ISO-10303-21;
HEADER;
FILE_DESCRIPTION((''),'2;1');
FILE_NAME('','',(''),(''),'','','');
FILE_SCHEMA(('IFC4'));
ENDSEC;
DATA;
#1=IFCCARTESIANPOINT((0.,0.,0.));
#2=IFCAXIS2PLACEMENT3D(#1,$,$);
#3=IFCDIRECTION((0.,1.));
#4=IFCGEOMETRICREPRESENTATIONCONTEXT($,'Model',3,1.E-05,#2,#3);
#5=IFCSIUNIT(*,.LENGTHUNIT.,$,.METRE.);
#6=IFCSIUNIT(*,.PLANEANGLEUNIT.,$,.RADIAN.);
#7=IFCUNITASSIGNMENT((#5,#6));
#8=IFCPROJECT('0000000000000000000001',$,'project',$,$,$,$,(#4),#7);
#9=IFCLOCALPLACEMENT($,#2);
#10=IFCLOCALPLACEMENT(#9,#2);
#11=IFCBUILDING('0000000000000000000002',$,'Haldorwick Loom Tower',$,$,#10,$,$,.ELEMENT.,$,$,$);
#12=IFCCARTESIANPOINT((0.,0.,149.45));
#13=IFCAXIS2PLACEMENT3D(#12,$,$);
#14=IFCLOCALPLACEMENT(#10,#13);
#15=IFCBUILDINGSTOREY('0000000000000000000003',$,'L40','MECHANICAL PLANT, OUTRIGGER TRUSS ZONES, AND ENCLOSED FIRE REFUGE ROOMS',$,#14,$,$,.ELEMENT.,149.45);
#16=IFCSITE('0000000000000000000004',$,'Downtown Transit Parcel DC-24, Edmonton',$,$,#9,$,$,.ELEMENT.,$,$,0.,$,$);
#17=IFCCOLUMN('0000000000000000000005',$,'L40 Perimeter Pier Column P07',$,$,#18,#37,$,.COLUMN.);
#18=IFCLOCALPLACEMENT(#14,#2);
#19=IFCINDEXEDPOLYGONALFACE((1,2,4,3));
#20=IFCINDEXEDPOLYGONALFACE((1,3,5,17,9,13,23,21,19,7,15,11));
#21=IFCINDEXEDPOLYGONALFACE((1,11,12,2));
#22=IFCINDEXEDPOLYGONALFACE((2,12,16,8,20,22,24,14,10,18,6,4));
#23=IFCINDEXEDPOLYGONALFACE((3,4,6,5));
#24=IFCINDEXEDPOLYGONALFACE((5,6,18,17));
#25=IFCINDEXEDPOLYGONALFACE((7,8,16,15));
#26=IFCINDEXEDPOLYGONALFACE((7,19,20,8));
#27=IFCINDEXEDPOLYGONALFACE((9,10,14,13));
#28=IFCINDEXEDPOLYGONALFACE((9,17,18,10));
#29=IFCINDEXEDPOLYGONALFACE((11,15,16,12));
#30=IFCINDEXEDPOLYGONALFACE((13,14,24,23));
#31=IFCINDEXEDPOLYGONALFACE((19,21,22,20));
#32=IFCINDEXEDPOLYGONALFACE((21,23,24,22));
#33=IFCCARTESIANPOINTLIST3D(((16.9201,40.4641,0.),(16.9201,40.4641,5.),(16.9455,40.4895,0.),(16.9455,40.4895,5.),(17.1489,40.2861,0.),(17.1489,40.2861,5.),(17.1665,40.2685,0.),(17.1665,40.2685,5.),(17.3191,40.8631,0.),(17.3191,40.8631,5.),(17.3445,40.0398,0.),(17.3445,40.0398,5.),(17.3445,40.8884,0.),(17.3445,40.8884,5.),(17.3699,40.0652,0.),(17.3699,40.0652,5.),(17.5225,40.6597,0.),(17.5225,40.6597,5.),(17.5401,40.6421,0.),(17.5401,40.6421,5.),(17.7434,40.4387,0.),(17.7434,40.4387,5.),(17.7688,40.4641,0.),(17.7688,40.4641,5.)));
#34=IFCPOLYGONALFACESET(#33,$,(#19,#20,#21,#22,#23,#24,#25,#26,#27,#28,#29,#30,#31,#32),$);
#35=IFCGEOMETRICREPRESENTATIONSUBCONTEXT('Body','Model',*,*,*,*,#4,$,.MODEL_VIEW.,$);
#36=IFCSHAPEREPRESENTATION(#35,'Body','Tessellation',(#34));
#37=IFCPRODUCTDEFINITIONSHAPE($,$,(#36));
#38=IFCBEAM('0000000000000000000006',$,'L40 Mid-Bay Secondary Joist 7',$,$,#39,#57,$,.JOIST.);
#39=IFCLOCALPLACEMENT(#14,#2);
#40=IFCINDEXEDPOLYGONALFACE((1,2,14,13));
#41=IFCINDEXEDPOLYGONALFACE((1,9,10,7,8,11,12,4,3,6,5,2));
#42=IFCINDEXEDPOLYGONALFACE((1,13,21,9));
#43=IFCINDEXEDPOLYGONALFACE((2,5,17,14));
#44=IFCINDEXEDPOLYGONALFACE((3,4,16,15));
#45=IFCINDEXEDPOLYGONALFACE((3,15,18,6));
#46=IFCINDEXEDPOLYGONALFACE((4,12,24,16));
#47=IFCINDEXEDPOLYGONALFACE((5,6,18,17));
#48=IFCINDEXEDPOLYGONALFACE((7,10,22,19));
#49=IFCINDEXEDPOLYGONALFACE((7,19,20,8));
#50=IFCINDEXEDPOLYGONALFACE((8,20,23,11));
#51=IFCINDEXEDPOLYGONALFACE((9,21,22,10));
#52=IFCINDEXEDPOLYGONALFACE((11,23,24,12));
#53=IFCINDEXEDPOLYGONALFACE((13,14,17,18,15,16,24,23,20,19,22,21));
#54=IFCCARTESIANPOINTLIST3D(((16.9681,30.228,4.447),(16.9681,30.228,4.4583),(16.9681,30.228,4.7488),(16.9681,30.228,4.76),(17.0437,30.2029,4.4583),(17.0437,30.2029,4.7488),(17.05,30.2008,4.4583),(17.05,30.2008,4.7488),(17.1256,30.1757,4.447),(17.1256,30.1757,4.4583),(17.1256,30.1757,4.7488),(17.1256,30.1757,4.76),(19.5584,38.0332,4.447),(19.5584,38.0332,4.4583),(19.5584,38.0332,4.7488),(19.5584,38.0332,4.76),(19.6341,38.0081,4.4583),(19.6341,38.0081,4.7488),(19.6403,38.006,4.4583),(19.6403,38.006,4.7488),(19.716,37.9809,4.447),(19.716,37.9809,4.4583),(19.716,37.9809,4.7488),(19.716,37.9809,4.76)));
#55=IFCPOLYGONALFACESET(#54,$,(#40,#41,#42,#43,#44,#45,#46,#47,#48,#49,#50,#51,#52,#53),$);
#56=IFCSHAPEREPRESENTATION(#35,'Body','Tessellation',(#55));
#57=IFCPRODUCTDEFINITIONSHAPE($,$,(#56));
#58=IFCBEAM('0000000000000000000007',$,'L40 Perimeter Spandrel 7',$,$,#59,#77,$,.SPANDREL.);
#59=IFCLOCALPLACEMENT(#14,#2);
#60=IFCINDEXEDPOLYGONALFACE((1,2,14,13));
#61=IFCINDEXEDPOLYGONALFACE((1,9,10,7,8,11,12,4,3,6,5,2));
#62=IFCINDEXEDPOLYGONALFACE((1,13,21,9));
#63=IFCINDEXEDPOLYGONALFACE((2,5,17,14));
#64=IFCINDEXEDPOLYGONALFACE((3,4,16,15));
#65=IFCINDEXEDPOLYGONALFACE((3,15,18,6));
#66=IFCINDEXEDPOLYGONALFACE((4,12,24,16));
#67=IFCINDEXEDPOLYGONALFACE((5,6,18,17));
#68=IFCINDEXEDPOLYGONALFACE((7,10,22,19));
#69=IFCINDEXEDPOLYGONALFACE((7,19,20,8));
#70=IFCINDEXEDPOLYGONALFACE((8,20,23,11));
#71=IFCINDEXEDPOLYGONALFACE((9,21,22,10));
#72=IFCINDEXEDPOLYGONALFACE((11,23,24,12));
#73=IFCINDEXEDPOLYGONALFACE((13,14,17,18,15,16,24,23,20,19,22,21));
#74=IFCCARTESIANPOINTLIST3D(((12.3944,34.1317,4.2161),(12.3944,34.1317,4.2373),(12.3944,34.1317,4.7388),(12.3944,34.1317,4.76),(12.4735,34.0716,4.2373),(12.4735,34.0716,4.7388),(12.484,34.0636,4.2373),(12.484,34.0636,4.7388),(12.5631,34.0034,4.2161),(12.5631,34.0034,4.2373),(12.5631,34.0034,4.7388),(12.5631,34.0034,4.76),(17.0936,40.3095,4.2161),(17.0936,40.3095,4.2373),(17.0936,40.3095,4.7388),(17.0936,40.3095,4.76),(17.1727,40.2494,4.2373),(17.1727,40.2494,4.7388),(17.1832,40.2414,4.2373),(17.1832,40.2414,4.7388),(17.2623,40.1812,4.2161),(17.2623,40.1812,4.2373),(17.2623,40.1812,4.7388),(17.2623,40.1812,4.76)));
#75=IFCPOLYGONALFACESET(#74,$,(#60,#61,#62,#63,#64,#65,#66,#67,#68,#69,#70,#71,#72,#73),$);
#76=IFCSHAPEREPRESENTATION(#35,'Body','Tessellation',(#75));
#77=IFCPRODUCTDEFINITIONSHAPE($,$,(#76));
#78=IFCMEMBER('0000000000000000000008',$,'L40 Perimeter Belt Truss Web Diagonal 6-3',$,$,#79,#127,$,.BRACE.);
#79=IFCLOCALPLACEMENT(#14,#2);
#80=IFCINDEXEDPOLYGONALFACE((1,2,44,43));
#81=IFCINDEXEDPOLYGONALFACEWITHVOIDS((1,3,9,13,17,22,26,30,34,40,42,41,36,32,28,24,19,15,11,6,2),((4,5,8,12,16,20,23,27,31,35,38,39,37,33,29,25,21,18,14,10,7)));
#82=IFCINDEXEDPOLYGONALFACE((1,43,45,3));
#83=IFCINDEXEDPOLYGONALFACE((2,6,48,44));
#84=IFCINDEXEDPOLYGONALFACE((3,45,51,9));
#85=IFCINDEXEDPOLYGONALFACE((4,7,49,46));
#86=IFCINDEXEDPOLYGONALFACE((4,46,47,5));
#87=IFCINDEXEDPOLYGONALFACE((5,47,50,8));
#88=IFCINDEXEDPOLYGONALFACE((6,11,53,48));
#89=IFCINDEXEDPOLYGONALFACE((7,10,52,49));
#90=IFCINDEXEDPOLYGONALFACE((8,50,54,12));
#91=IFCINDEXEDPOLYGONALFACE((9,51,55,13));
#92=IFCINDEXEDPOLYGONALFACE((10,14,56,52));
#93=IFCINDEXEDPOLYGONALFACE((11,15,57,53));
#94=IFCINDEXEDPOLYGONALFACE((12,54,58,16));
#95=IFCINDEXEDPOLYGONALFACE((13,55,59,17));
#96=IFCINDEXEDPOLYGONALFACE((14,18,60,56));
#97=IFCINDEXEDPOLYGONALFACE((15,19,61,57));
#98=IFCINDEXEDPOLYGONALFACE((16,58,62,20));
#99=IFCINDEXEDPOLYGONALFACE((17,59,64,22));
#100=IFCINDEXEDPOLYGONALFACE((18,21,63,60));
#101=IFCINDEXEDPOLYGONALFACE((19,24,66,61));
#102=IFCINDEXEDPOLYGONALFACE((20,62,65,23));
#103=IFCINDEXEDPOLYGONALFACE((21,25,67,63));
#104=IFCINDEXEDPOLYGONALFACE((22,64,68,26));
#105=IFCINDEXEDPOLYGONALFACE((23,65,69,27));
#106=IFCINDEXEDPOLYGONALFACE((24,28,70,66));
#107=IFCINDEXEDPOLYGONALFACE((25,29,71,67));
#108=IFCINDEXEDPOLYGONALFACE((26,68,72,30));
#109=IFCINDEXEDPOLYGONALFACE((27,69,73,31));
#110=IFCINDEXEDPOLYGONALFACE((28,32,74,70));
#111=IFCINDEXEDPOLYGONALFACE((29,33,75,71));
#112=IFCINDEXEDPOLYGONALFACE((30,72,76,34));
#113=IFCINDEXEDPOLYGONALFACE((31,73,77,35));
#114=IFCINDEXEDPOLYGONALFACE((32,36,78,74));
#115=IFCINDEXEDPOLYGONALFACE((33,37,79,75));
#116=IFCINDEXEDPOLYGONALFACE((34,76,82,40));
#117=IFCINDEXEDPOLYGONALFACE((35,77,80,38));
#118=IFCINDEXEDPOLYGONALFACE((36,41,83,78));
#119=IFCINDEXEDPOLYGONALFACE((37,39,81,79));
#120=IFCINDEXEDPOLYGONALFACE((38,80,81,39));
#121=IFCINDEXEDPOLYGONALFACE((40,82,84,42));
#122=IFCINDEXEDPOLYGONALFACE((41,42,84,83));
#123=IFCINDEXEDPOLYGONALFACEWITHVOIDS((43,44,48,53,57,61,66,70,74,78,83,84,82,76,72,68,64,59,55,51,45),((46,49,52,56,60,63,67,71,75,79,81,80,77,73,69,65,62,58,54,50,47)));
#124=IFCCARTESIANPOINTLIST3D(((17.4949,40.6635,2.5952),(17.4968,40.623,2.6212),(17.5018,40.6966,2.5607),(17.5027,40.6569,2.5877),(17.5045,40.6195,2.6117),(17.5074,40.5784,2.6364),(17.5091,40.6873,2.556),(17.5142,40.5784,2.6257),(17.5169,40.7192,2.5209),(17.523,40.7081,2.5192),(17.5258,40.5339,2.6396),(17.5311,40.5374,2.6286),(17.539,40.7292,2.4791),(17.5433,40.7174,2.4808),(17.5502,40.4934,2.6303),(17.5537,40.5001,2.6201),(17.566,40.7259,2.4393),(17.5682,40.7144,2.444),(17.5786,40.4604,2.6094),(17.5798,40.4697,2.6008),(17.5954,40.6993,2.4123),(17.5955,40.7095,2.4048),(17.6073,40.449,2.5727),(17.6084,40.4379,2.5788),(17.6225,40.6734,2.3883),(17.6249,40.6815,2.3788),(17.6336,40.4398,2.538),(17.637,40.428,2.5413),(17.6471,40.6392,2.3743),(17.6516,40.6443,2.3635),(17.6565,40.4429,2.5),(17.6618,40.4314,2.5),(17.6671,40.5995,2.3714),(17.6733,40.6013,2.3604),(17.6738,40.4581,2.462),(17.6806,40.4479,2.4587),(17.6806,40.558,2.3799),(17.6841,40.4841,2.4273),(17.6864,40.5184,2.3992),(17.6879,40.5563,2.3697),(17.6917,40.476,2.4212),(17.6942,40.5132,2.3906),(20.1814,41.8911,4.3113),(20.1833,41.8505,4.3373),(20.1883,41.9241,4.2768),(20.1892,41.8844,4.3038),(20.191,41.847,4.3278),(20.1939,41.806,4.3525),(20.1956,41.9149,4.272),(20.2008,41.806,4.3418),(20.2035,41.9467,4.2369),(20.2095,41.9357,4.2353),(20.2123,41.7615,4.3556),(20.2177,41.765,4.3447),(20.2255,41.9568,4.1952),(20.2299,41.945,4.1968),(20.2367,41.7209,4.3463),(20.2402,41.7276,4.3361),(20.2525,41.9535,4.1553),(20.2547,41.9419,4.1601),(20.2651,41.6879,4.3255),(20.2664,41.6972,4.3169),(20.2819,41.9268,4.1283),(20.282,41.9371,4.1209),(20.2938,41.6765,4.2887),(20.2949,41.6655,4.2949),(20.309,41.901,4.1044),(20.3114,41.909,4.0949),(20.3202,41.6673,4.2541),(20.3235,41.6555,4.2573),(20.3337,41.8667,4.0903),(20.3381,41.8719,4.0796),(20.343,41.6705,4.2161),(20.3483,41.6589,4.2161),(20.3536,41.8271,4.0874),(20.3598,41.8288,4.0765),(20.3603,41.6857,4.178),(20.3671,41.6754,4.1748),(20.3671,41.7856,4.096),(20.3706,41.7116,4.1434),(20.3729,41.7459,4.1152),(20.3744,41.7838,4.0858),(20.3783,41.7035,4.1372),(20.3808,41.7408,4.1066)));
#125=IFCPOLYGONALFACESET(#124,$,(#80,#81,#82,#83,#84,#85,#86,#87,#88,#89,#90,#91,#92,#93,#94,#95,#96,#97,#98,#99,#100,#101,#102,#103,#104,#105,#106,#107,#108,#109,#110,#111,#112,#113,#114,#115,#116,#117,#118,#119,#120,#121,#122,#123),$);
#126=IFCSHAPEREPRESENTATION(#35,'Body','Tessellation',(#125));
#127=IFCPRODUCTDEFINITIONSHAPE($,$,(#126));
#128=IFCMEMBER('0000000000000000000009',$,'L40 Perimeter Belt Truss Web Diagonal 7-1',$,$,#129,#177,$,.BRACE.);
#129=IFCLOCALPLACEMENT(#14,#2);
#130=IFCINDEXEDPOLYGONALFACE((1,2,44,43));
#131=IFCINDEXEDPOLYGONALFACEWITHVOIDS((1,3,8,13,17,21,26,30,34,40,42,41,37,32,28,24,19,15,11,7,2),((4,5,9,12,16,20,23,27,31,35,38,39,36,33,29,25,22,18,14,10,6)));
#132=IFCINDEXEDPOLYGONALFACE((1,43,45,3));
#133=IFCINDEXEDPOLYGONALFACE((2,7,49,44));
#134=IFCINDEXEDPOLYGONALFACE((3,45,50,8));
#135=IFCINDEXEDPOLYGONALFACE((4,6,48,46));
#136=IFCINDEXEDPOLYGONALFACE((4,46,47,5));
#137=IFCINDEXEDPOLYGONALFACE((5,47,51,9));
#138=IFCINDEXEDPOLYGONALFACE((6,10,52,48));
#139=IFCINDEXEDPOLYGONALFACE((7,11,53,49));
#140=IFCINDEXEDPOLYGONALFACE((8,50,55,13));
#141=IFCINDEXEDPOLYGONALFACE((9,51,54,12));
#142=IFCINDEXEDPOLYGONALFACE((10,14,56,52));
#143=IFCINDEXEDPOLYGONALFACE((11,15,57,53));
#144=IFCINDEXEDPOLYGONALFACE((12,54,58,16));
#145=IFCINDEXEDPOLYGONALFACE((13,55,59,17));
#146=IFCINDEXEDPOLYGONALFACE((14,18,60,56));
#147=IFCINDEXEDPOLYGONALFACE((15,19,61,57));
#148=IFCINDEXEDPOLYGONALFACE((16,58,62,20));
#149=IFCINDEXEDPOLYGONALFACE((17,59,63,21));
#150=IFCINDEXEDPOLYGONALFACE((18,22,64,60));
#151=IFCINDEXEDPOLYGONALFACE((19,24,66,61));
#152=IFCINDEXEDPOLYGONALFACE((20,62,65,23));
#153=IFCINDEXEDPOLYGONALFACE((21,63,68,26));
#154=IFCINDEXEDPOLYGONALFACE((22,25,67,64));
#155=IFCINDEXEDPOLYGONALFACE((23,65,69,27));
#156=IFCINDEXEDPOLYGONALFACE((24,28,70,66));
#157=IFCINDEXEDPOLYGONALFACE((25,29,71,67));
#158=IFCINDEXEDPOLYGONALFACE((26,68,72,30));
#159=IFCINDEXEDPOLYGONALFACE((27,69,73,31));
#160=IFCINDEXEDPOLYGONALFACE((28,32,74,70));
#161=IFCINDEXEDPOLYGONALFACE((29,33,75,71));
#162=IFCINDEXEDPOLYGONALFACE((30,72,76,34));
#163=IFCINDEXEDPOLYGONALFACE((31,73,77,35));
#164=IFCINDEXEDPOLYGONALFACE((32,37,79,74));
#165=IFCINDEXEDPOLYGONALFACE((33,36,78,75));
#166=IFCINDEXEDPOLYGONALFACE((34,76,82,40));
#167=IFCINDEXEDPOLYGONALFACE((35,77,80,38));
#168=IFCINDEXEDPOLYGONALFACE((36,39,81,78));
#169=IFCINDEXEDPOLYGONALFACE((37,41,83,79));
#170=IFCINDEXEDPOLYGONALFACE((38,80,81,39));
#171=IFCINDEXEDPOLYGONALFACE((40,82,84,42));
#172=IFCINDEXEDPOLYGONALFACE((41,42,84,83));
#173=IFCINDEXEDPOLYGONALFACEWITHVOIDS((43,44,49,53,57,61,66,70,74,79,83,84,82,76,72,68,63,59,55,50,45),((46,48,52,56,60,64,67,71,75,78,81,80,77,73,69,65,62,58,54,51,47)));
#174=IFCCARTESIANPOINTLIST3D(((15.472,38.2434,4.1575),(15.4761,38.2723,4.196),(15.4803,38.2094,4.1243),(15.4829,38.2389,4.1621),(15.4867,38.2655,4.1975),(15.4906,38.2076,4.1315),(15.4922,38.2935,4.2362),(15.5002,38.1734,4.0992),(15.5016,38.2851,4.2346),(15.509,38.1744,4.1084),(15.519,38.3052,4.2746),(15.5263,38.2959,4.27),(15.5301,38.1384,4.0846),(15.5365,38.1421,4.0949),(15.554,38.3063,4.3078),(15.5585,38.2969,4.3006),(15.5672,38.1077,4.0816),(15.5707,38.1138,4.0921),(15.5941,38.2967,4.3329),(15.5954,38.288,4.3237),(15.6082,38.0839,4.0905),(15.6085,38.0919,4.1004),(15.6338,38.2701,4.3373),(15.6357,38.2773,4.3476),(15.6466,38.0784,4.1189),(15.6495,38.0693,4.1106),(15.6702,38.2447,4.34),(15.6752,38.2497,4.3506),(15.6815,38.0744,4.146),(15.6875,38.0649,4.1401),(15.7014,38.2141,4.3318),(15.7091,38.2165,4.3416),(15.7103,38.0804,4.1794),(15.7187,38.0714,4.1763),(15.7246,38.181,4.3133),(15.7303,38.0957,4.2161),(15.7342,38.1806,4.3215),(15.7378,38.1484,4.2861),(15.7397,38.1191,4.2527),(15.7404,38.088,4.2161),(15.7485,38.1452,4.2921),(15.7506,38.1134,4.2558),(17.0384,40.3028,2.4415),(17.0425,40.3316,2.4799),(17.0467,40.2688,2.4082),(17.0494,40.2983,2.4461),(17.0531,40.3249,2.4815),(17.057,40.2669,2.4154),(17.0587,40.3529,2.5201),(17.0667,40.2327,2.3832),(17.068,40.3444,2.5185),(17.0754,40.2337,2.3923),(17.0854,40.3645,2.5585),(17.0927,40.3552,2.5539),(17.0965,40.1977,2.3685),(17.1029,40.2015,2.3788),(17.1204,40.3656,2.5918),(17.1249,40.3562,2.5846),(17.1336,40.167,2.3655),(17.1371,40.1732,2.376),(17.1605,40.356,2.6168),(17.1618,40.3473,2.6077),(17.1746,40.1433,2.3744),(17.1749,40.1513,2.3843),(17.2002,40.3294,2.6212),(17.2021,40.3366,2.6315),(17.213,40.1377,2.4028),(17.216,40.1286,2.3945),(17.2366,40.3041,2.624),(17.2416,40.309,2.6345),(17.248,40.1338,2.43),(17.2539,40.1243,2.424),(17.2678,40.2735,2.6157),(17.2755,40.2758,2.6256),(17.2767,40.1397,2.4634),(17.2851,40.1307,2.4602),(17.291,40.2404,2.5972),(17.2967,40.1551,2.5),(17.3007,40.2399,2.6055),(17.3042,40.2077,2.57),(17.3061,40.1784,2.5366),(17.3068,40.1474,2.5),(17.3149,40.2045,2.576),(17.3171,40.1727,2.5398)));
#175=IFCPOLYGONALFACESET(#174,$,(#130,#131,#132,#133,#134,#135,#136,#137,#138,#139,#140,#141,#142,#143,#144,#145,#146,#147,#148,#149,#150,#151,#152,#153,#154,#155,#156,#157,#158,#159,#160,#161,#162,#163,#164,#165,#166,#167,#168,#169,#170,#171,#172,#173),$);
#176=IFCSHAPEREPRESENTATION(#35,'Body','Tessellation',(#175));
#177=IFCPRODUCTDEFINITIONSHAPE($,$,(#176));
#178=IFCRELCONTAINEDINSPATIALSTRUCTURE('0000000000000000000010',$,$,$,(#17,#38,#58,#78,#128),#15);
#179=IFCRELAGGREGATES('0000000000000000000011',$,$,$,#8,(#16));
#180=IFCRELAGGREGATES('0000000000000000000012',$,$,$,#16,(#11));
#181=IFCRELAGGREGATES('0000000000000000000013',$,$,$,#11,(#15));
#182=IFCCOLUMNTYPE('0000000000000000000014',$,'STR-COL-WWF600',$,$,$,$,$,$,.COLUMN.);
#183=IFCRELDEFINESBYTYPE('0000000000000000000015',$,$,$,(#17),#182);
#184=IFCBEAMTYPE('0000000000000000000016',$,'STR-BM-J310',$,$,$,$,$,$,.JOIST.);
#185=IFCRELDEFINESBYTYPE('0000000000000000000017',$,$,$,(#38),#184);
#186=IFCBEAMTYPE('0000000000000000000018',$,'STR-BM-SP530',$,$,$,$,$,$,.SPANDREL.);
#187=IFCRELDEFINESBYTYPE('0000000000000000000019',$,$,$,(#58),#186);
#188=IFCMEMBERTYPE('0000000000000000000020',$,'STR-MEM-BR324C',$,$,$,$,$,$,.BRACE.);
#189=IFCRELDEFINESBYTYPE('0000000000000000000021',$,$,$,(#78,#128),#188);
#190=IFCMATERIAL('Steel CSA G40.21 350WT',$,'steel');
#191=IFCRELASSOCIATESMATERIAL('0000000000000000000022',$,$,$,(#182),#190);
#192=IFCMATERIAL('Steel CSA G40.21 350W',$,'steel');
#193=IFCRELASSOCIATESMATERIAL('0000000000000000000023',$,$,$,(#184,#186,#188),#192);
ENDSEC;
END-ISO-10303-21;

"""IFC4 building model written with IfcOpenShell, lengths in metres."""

from ifc_helpers import new_model, si_unit, direction, frame, origin, origin_2d, place, context, subcontext, project, spatial, hollow_circle, i_section, extrude, material, material_profile, profile_set, type_object, element, save


model = new_model("IFC4")

# Units and contexts
model_context = context("Model", 3, precision=1e-05, world=origin(), true_north=direction((0.0, 1.0)))
body_context = subcontext(model_context, "Body", "Model", "MODEL_VIEW")
ifc_project = project(units=[si_unit("LENGTHUNIT", "METRE"), si_unit("PLANEANGLEUNIT", "RADIAN")], contexts=[model_context])

# Site, building, storey
site_placement = place(None, origin())
site = spatial("IfcSite", under=ifc_project, at=site_placement, Name="Downtown Transit Parcel DC-24, Edmonton", CompositionType="ELEMENT", RefElevation=0.0)
building_placement = place(site_placement, origin())
building = spatial("IfcBuilding", under=site, at=building_placement, Name="Haldorwick Loom Tower", CompositionType="ELEMENT")
storey_placement = place(building_placement, frame((0.0, 0.0, 149.45)))
storey = spatial("IfcBuildingStorey", under=building, at=storey_placement, Name="L40", Description="MECHANICAL PLANT, OUTRIGGER TRUSS ZONES, AND ENCLOSED FIRE REFUGE ROOMS", CompositionType="ELEMENT", Elevation=149.45)

# Column
ifc_material_1 = material(Name="Steel CSA G40.21 350WT", Category="steel")
ifc_material_profile_1 = material_profile(ifc_material_1, i_section(OverallWidth=0.6001, OverallDepth=0.6001, WebThickness=0.0249, FlangeThickness=0.0359, at=origin_2d()), Name="WWF600X600", Category="steel")
ifc_profile_set_1 = profile_set([ifc_material_profile_1], Name="Steel CSA G40.21 350WT")
column_type = type_object("IfcColumnType", Name="STR-COL-WWF600", PredefinedType="COLUMN", material=ifc_profile_set_1)
column_placement = place(storey_placement, frame((17.3445, 40.4641, 0.0), z_axis=(0.0, 0.0, 1.0), x_axis=(-0.707107, 0.707107, 0.0)))
element("IfcColumn", 1, at=column_placement, inside=storey, type_object=column_type, Name="L40 Perimeter Pier Column P07", PredefinedType="COLUMN", context=body_context, shape_type="SweptSolid", body=[
    extrude(i_section(OverallWidth=0.6001, OverallDepth=0.6001, WebThickness=0.0249, FlangeThickness=0.0359, at=origin_2d()), origin(), (0.0, 0.0, 1.0), 5.0),
])

# Beams
ifc_material_2 = material(Name="Steel CSA G40.21 350W", Category="steel")
ifc_material_profile_2 = material_profile(ifc_material_2, i_section(OverallWidth=0.166, OverallDepth=0.313, WebThickness=0.0066, FlangeThickness=0.0112, at=origin_2d()), Name="W310X45", Category="steel")
ifc_profile_set_2 = profile_set([ifc_material_profile_2], Name="Steel CSA G40.21 350W")
beam_type_1 = type_object("IfcBeamType", Name="STR-BM-J310", PredefinedType="JOIST", material=ifc_profile_set_2)
beam_1_placement = place(storey_placement, frame((19.6372, 38.0071, 4.6035), z_axis=(-0.314981, -0.949098, 0.0), x_axis=(0.949098, -0.314981, 0.0)))
element("IfcBeam", 2, at=beam_1_placement, inside=storey, type_object=beam_type_1, Name="L40 Mid-Bay Secondary Joist 7", PredefinedType="JOIST", context=body_context, shape_type="SweptSolid", body=[
    extrude(i_section(OverallWidth=0.166, OverallDepth=0.313, WebThickness=0.0066, FlangeThickness=0.0112, at=origin_2d()), origin(), (0.0, 0.0, 1.0), 8.2239),
])
ifc_material_profile_3 = material_profile(ifc_material_2, i_section(OverallWidth=0.2119, OverallDepth=0.5439, WebThickness=0.0132, FlangeThickness=0.0212, at=origin_2d()), Name="W530X123", Category="steel")
ifc_profile_set_3 = profile_set([ifc_material_profile_3], Name="Steel CSA G40.21 350W")
beam_type_2 = type_object("IfcBeamType", Name="STR-BM-SP530", PredefinedType="SPANDREL", material=ifc_profile_set_3)
beam_2_placement = place(storey_placement, frame((17.178, 40.2454, 4.488), z_axis=(-0.605421, -0.795905, 0.0), x_axis=(0.795905, -0.605421, 0.0)))
element("IfcBeam", 3, at=beam_2_placement, inside=storey, type_object=beam_type_2, Name="L40 Perimeter Spandrel 7", PredefinedType="SPANDREL", context=body_context, shape_type="SweptSolid", body=[
    extrude(i_section(OverallWidth=0.2119, OverallDepth=0.5439, WebThickness=0.0132, FlangeThickness=0.0212, at=origin_2d()), origin(), (0.0, 0.0, 1.0), 7.762),
])

# Members
ifc_material_profile_4 = material_profile(ifc_material_2, hollow_circle(Radius=0.1619, WallThickness=0.0127, at=origin_2d()), Name="HSS324X13", Category="steel")
ifc_profile_set_4 = profile_set([ifc_material_profile_4], Name="Steel CSA G40.21 350W")
member_type_1 = type_object("IfcMemberType", Name="STR-MEM-BR324C", PredefinedType="BRACE", material=ifc_profile_set_4)
member_1_placement = place(storey_placement, frame((20.281, 41.8062, 4.2161), z_axis=(-0.78645, -0.359349, -0.502359), x_axis=(0.415596, -0.909549, 0.0)))
element("IfcMember", 4, at=member_1_placement, inside=storey, type_object=member_type_1, Name="L40 Perimeter Belt Truss Web Diagonal 6-3", PredefinedType="BRACE", context=body_context, shape_type="SweptSolid", body=[
    extrude(hollow_circle(Radius=0.1619, WallThickness=0.0127, at=origin_2d()), origin(), (0.0, 0.0, 1.0), 3.416),
])
for number, where, z_axis, x_axis, name in (
    (5, (17.178, 40.2454, 2.5), (-0.504523, -0.663287, 0.552726), (0.795917, -0.605406, 0.0), "L40 Perimeter Belt Truss Web Diagonal 7-1"),
):
    element("IfcMember", number, at=place(storey_placement, frame(where, z_axis=z_axis, x_axis=x_axis)), inside=storey, type_object=member_type_1, Name=name, PredefinedType="BRACE", context=body_context, shape_type="SweptSolid", body=[
        extrude(hollow_circle(Radius=0.1619, WallThickness=0.0127, at=origin_2d()), origin(), (0.0, 0.0, 1.0), 3.1047),
    ])

save(model, "model.ifc")
